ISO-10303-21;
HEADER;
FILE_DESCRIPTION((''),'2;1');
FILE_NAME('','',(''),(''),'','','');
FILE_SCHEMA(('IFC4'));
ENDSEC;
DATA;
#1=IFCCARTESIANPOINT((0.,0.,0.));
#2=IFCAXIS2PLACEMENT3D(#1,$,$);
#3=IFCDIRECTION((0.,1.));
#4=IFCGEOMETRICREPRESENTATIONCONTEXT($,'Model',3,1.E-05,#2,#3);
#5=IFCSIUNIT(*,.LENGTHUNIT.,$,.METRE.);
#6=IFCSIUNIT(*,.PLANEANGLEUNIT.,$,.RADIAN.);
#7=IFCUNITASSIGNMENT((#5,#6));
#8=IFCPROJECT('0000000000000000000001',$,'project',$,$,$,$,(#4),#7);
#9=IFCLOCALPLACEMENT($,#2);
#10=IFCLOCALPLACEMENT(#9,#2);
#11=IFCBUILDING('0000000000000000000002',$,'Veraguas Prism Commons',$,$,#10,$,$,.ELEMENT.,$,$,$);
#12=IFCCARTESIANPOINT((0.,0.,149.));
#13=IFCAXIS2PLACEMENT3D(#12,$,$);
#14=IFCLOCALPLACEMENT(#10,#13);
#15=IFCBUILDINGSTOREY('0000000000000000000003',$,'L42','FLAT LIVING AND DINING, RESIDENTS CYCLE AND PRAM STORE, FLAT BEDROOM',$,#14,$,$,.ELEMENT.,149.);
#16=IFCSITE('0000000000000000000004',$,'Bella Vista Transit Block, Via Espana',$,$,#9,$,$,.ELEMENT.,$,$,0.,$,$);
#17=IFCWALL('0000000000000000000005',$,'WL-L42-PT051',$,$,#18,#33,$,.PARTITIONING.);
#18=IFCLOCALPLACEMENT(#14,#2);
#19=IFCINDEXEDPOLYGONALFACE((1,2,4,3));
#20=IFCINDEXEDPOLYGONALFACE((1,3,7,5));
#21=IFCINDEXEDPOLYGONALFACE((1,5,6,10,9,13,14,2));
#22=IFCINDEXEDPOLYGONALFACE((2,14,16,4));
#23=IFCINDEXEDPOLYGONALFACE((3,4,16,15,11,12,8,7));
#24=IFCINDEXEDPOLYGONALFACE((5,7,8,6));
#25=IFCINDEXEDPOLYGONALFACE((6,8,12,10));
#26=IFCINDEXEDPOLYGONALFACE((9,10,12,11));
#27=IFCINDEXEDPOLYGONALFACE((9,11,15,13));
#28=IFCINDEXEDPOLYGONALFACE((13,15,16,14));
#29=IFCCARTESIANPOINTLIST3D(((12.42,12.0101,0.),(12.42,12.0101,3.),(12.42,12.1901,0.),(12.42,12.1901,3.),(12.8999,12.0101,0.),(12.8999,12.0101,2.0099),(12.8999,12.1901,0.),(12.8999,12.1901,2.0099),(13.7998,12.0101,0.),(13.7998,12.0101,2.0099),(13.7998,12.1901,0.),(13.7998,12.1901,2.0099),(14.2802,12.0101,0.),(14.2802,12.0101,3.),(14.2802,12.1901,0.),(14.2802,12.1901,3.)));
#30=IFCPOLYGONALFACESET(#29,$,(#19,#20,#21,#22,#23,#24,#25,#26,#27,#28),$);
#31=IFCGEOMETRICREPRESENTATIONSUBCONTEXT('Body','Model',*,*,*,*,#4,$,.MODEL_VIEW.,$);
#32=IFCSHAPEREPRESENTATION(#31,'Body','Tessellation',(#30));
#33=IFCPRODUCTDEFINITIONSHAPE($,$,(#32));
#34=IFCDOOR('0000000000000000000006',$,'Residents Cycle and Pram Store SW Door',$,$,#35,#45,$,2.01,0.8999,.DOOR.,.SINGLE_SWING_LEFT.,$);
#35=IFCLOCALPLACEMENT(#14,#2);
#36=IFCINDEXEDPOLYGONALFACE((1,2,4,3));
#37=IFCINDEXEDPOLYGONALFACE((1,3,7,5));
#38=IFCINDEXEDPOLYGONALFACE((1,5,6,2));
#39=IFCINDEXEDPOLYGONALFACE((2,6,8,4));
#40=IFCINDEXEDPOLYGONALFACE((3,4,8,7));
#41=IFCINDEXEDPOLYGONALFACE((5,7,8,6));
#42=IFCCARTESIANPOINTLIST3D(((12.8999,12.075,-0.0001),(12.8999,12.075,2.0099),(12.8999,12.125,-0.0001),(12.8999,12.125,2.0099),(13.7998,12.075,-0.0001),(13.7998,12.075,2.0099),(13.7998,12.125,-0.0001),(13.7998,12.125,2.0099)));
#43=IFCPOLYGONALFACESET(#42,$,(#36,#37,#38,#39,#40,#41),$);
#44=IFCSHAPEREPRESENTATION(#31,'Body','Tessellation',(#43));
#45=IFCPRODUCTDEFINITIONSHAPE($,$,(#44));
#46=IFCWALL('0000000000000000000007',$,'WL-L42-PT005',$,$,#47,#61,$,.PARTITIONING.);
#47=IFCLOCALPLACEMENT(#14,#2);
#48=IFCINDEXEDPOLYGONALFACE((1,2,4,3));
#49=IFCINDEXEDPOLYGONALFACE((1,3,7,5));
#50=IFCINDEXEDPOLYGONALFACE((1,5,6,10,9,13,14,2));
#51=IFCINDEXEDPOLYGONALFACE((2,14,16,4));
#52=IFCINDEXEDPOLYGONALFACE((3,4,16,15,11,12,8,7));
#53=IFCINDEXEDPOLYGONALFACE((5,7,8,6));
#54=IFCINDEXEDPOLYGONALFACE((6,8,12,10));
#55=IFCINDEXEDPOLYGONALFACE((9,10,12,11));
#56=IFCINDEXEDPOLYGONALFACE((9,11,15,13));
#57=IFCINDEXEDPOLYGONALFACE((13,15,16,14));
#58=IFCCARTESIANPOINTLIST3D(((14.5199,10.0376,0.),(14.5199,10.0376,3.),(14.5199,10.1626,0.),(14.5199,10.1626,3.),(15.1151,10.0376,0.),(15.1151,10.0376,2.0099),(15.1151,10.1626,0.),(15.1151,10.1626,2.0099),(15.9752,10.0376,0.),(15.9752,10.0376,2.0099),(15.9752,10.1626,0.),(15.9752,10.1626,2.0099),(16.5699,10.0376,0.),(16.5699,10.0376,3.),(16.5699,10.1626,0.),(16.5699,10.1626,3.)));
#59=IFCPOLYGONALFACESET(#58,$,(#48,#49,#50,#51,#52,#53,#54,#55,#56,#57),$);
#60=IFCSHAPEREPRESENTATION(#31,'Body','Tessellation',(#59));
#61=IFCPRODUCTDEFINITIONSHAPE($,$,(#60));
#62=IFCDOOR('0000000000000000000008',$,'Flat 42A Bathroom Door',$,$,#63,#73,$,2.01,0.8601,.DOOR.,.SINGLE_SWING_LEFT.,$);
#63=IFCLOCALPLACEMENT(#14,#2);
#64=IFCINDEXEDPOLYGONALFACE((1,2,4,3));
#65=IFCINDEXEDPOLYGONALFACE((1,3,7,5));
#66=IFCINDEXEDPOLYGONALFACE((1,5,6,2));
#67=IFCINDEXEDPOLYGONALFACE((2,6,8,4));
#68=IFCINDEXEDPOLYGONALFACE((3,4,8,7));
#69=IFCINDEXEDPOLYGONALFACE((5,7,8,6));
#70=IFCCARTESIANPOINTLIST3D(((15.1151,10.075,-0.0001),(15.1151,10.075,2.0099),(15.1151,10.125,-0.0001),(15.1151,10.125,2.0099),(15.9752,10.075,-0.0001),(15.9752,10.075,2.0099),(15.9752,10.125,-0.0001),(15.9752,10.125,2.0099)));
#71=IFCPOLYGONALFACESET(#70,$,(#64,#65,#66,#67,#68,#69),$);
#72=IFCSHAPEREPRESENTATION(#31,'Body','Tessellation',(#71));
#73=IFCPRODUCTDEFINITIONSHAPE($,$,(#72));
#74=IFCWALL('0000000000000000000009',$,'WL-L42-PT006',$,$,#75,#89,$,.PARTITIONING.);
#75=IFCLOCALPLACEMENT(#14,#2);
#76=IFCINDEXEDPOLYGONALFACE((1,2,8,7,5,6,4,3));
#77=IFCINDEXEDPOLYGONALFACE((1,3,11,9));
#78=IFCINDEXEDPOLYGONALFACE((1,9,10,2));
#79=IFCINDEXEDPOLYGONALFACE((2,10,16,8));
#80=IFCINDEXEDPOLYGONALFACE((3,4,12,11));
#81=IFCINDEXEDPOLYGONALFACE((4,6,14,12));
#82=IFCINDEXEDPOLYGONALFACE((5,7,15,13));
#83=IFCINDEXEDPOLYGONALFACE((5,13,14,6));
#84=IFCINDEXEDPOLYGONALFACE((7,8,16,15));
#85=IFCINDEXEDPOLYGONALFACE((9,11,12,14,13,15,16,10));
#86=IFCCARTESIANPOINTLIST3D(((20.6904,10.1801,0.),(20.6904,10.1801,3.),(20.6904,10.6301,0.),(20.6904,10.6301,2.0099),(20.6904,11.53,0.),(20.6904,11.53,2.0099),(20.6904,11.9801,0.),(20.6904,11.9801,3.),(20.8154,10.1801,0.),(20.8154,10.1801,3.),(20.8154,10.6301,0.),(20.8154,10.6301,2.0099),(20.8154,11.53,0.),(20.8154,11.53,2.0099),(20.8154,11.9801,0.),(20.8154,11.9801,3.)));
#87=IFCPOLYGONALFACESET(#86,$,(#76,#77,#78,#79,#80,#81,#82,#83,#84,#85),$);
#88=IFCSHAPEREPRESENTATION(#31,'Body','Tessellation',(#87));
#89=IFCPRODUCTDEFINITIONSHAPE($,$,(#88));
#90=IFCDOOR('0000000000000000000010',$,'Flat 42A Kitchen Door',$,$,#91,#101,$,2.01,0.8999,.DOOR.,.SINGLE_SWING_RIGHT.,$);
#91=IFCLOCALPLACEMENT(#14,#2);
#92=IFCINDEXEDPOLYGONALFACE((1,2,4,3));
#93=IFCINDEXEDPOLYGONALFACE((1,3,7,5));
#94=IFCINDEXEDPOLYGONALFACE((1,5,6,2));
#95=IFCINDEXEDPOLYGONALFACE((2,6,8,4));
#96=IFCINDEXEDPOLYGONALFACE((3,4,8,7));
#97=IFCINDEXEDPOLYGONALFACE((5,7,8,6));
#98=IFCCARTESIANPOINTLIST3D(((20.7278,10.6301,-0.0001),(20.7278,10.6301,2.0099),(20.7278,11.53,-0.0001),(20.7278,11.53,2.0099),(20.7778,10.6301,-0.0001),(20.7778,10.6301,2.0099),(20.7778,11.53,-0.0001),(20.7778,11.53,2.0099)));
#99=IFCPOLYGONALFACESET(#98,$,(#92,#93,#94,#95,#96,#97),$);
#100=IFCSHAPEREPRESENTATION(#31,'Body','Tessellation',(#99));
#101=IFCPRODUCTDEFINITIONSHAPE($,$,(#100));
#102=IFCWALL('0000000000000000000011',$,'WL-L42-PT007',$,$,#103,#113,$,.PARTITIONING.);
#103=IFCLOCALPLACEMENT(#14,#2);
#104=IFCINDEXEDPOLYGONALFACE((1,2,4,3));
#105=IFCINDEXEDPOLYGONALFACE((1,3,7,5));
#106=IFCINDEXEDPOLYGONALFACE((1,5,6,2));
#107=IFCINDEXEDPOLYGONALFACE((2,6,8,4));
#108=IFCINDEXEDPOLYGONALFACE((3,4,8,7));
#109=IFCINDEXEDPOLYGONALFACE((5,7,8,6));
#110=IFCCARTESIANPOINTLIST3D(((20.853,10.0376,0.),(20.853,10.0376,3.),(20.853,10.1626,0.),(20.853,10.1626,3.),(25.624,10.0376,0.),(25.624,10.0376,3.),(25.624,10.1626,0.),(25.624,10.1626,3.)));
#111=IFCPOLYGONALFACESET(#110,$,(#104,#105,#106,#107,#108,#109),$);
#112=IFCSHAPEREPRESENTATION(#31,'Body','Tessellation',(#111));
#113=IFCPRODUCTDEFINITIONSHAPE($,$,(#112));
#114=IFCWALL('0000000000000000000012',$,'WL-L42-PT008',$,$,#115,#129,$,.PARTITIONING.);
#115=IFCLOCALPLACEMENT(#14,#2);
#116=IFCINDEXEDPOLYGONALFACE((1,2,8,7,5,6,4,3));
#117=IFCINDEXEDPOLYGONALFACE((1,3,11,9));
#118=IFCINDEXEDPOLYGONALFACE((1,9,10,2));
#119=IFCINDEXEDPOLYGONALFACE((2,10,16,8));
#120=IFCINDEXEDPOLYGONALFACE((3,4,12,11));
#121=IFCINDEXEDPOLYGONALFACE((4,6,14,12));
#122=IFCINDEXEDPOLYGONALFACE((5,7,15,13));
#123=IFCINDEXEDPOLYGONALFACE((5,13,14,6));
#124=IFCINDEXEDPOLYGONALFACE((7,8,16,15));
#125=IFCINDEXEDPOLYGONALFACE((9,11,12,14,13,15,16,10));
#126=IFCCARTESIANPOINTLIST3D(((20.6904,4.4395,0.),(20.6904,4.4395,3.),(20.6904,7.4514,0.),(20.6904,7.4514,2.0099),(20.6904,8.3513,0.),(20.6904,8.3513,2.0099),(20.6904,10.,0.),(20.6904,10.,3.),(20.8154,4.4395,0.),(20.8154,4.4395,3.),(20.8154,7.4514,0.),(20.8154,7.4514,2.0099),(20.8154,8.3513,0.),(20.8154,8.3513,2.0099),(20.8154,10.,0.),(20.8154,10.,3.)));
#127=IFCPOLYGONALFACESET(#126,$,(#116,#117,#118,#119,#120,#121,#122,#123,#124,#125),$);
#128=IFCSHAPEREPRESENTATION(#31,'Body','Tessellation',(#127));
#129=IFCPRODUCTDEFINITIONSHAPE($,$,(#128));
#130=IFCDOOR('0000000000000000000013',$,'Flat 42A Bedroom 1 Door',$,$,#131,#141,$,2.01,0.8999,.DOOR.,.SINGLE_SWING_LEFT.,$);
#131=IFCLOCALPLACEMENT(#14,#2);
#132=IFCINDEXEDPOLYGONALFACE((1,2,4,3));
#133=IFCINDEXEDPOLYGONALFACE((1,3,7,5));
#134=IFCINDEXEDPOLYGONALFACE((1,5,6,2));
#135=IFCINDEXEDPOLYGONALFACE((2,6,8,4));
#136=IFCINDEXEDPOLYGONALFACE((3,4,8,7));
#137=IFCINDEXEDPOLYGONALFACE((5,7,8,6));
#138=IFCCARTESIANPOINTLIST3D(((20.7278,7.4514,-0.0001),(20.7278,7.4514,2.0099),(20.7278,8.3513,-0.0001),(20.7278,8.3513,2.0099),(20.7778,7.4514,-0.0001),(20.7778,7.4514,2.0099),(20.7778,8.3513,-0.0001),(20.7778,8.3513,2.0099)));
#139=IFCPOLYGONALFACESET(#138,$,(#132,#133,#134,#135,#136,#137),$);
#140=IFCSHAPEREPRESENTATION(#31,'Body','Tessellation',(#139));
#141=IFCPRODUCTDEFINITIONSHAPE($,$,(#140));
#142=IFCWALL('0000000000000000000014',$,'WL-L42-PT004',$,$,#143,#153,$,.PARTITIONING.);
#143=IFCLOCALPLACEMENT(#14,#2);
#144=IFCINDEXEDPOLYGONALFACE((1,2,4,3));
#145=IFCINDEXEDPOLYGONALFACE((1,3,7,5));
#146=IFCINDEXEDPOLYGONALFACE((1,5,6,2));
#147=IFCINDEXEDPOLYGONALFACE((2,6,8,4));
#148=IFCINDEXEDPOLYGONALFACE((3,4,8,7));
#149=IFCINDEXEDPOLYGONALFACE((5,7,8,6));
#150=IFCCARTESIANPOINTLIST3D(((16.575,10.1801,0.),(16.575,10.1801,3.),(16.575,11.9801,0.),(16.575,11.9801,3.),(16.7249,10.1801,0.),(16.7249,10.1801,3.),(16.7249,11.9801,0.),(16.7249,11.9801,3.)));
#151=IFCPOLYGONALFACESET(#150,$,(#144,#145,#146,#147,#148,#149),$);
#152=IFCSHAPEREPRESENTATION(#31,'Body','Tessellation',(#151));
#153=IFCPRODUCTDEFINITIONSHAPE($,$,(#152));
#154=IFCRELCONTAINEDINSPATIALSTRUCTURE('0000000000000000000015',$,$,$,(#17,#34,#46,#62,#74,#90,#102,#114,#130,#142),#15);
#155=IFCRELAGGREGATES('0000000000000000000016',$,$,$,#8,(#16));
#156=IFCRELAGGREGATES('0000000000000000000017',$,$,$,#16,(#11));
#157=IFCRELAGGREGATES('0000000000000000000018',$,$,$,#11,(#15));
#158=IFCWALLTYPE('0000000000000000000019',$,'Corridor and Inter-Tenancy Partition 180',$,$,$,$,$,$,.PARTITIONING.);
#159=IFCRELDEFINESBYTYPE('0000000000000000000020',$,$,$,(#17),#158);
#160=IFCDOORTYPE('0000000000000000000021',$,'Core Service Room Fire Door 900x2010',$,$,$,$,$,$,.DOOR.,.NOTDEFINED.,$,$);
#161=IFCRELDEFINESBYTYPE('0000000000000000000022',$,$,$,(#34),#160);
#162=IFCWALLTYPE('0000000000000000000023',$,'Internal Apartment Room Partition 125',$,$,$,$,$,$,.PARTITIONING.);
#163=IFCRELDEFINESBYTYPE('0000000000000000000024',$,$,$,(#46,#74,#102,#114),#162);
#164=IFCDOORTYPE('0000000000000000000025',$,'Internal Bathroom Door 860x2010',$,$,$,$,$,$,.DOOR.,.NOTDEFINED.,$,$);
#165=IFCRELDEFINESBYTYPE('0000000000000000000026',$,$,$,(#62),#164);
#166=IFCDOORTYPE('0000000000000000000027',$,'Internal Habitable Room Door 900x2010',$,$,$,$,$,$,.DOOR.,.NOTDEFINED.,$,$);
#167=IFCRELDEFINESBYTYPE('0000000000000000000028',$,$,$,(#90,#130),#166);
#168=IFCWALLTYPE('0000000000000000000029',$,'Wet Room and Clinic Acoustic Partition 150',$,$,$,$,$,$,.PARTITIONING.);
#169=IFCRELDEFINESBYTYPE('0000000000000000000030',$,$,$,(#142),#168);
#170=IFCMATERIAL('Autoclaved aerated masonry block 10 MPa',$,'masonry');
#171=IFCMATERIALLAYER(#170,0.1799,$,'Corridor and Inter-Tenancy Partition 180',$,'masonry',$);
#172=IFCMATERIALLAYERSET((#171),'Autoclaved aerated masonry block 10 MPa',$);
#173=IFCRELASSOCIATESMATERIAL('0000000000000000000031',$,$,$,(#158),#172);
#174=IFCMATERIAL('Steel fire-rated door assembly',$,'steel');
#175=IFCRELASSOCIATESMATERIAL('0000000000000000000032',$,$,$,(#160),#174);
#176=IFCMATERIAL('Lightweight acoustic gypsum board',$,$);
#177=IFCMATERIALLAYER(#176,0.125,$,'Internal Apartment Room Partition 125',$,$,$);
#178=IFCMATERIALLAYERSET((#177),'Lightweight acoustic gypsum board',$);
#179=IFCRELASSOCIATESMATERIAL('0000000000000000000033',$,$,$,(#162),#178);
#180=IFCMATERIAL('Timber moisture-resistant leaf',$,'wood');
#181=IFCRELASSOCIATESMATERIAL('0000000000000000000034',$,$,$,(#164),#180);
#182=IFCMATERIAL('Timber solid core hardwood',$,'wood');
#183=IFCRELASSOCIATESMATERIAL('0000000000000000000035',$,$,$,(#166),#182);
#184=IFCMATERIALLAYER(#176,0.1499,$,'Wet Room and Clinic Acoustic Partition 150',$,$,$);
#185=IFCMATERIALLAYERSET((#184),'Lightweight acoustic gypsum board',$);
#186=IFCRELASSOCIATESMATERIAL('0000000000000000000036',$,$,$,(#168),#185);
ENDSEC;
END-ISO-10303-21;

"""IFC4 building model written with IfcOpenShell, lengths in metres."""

from ifc_helpers import new_model, si_unit, direction, frame, frame_2d, origin, place, context, subcontext, project, spatial, rectangle, extrude, source, transform, mapped, material, layer, layer_set, type_object, element, fill, save


model = new_model("IFC4")

# Units and contexts
model_context = context("Model", 3, precision=1e-05, world=origin(), true_north=direction((0.0, 1.0)))
body_context = subcontext(model_context, "Body", "Model", "MODEL_VIEW")
ifc_project = project(units=[si_unit("LENGTHUNIT", "METRE"), si_unit("PLANEANGLEUNIT", "RADIAN")], contexts=[model_context])

# Site, building, storey
site_placement = place(None, origin())
site = spatial("IfcSite", under=ifc_project, at=site_placement, Name="Bella Vista Transit Block, Via Espana", CompositionType="ELEMENT", RefElevation=0.0)
building_placement = place(site_placement, origin())
building = spatial("IfcBuilding", under=site, at=building_placement, Name="Veraguas Prism Commons", CompositionType="ELEMENT")
storey_placement = place(building_placement, frame((0.0, 0.0, 149.0)))
storey = spatial("IfcBuildingStorey", under=building, at=storey_placement, Name="L42", Description="FLAT LIVING AND DINING, RESIDENTS CYCLE AND PRAM STORE, FLAT BEDROOM", CompositionType="ELEMENT", Elevation=149.0)

# Shared definitions
ifc_material_1 = material(Name="Autoclaved aerated masonry block 10 MPa", Category="masonry")
ifc_layer_1 = layer(ifc_material_1, 0.1799, Name="Corridor and Inter-Tenancy Partition 180", Category="masonry")
ifc_layer_set_1 = layer_set([ifc_layer_1], Name="Autoclaved aerated masonry block 10 MPa")
wall_type_1 = type_object("IfcWallType", Name="Corridor and Inter-Tenancy Partition 180", PredefinedType="PARTITIONING", material=ifc_layer_set_1)

# Walls, openings, doors
wall_1_placement = place(storey_placement, frame((12.4199, 12.1001, 0.0), z_axis=(0.0, 0.0, 1.0), x_axis=(1.0, 0.0, 0.0)))
wall_1 = element("IfcWall", 1, at=wall_1_placement, inside=storey, type_object=wall_type_1, Name="WL-L42-PT051", PredefinedType="PARTITIONING", context=body_context, shape_type="SweptSolid", body=[
    extrude(rectangle(XDim=1.8601, YDim=0.1799, at=frame_2d((0.9302, 0.0))), origin(), (0.0, 0.0, 1.0), 3.0),
])
opening_1_placement = place(wall_1_placement, frame((0.48, 0.0, 0.0)))
opening_1 = element("IfcOpeningElement", 2, at=opening_1_placement, cuts=wall_1, PredefinedType="OPENING", context=body_context, shape_type="SweptSolid", body=[
    extrude(rectangle(XDim=0.8999, YDim=2.01, at=frame_2d((0.45, 1.0049))), frame((0.0, 0.0999, 0.0), z_axis=(0.0, -1.0, 0.0), x_axis=(1.0, 0.0, 0.0)), (0.0, 0.0, 1.0), 0.2),
])
ifc_material_2 = material(Name="Steel fire-rated door assembly", Category="steel")
door_type_1 = type_object("IfcDoorType", Name="Core Service Room Fire Door 900x2010", OperationType="NOTDEFINED", PredefinedType="DOOR", material=ifc_material_2)
shared_shape_1 = source(origin(), body_context, "Body", "SweptSolid", [
    extrude(rectangle(XDim=0.8999, YDim=2.01, at=frame_2d((0.45, 1.0049))), frame((0.0, 0.0249, 0.0), z_axis=(0.0, -1.0, 0.0), x_axis=(1.0, 0.0, 0.0)), (0.0, 0.0, 1.0), 0.05),
])
door_1_placement = place(opening_1_placement, origin())
door_1 = element("IfcDoor", 3, at=door_1_placement, inside=storey, type_object=door_type_1, Name="Residents Cycle and Pram Store SW Door", OperationType="SINGLE_SWING_LEFT", OverallHeight=2.01, OverallWidth=0.8999, PredefinedType="DOOR", context=body_context, shape_type="MappedRepresentation", body=[
    mapped(shared_shape_1, transform((0.0, 0.0, 0.0), scale=1.0)),
])
fill(opening_1, door_1)
ifc_material_3 = material(Name="Lightweight acoustic gypsum board")
ifc_layer_2 = layer(ifc_material_3, 0.125, Name="Internal Apartment Room Partition 125")
ifc_layer_set_2 = layer_set([ifc_layer_2], Name="Lightweight acoustic gypsum board")
wall_type_2 = type_object("IfcWallType", Name="Internal Apartment Room Partition 125", PredefinedType="PARTITIONING", material=ifc_layer_set_2)
wall_2_placement = place(storey_placement, frame((14.52, 10.1001, 0.0), z_axis=(0.0, 0.0, 1.0), x_axis=(1.0, 0.0, 0.0)))
wall_2 = element("IfcWall", 4, at=wall_2_placement, inside=storey, type_object=wall_type_2, Name="WL-L42-PT005", PredefinedType="PARTITIONING", context=body_context, shape_type="SweptSolid", body=[
    extrude(rectangle(XDim=2.05, YDim=0.125, at=frame_2d((1.0249, 0.0))), origin(), (0.0, 0.0, 1.0), 3.0),
])
opening_2_placement = place(wall_2_placement, frame((0.595, 0.0, 0.0)))
opening_2 = element("IfcOpeningElement", 5, at=opening_2_placement, cuts=wall_2, PredefinedType="OPENING", context=body_context, shape_type="SweptSolid", body=[
    extrude(rectangle(XDim=0.8601, YDim=2.01, at=frame_2d((0.4302, 1.0049))), frame((0.0, 0.0725, 0.0), z_axis=(0.0, -1.0, 0.0), x_axis=(1.0, 0.0, 0.0)), (0.0, 0.0, 1.0), 0.145),
])
ifc_material_4 = material(Name="Timber moisture-resistant leaf", Category="wood")
door_type_2 = type_object("IfcDoorType", Name="Internal Bathroom Door 860x2010", OperationType="NOTDEFINED", PredefinedType="DOOR", material=ifc_material_4)
shared_shape_2 = source(origin(), body_context, "Body", "SweptSolid", [
    extrude(rectangle(XDim=0.8601, YDim=2.01, at=frame_2d((0.4302, 1.0049))), frame((0.0, 0.0249, 0.0), z_axis=(0.0, -1.0, 0.0), x_axis=(1.0, 0.0, 0.0)), (0.0, 0.0, 1.0), 0.05),
])
door_2_placement = place(opening_2_placement, origin())
door_2 = element("IfcDoor", 6, at=door_2_placement, inside=storey, type_object=door_type_2, Name="Flat 42A Bathroom Door", OperationType="SINGLE_SWING_LEFT", OverallHeight=2.01, OverallWidth=0.8601, PredefinedType="DOOR", context=body_context, shape_type="MappedRepresentation", body=[
    mapped(shared_shape_2, transform((0.0, 0.0, 0.0), scale=1.0)),
])
fill(opening_2, door_2)
wall_3_placement = place(storey_placement, frame((20.7529, 11.98, 0.0), z_axis=(0.0, 0.0, 1.0), x_axis=(0.0, -1.0, 0.0)))
wall_3 = element("IfcWall", 7, at=wall_3_placement, inside=storey, type_object=wall_type_2, Name="WL-L42-PT006", PredefinedType="PARTITIONING", context=body_context, shape_type="SweptSolid", body=[
    extrude(rectangle(XDim=1.8, YDim=0.125, at=frame_2d((0.8999, 0.0))), origin(), (0.0, 0.0, 1.0), 3.0),
])
opening_3_placement = place(wall_3_placement, frame((0.45, 0.0, 0.0)))
opening_3 = element("IfcOpeningElement", 8, at=opening_3_placement, cuts=wall_3, PredefinedType="OPENING", context=body_context, shape_type="SweptSolid", body=[
    extrude(rectangle(XDim=0.8999, YDim=2.01, at=frame_2d((0.45, 1.0049))), frame((0.0, 0.0725, 0.0), z_axis=(0.0, -1.0, 0.0), x_axis=(1.0, 0.0, 0.0)), (0.0, 0.0, 1.0), 0.145),
])
ifc_material_5 = material(Name="Timber solid core hardwood", Category="wood")
door_type_3 = type_object("IfcDoorType", Name="Internal Habitable Room Door 900x2010", OperationType="NOTDEFINED", PredefinedType="DOOR", material=ifc_material_5)
door_3_placement = place(opening_3_placement, origin())
door_3 = element("IfcDoor", 9, at=door_3_placement, inside=storey, type_object=door_type_3, Name="Flat 42A Kitchen Door", OperationType="SINGLE_SWING_RIGHT", OverallHeight=2.01, OverallWidth=0.8999, PredefinedType="DOOR", context=body_context, shape_type="MappedRepresentation", body=[
    mapped(shared_shape_1, transform((0.0, 0.0, 0.0), scale=1.0)),
])
fill(opening_3, door_3)

# Wall
wall_4_placement = place(storey_placement, frame((20.853, 10.1001, 0.0), z_axis=(0.0, 0.0, 1.0), x_axis=(1.0, 0.0, 0.0)))
element("IfcWall", 10, at=wall_4_placement, inside=storey, type_object=wall_type_2, Name="WL-L42-PT007", PredefinedType="PARTITIONING", context=body_context, shape_type="SweptSolid", body=[
    extrude(rectangle(XDim=4.771, YDim=0.125, at=frame_2d((2.3855, 0.0))), origin(), (0.0, 0.0, 1.0), 3.0),
])

# Wall, opening, door
wall_5_placement = place(storey_placement, frame((20.7529, 10.0, 0.0), z_axis=(0.0, 0.0, 1.0), x_axis=(0.0, -1.0, 0.0)))
wall_5 = element("IfcWall", 11, at=wall_5_placement, inside=storey, type_object=wall_type_2, Name="WL-L42-PT008", PredefinedType="PARTITIONING", context=body_context, shape_type="SweptSolid", body=[
    extrude(rectangle(XDim=5.5605, YDim=0.125, at=frame_2d((2.7803, 0.0))), origin(), (0.0, 0.0, 1.0), 3.0),
])
opening_4_placement = place(wall_5_placement, frame((1.6487, 0.0, 0.0)))
opening_4 = element("IfcOpeningElement", 12, at=opening_4_placement, cuts=wall_5, PredefinedType="OPENING", context=body_context, shape_type="SweptSolid", body=[
    extrude(rectangle(XDim=0.8999, YDim=2.01, at=frame_2d((0.45, 1.0049))), frame((0.0, 0.0725, 0.0), z_axis=(0.0, -1.0, 0.0), x_axis=(1.0, 0.0, 0.0)), (0.0, 0.0, 1.0), 0.145),
])
door_4_placement = place(opening_4_placement, origin())
door_4 = element("IfcDoor", 13, at=door_4_placement, inside=storey, type_object=door_type_3, Name="Flat 42A Bedroom 1 Door", OperationType="SINGLE_SWING_LEFT", OverallHeight=2.01, OverallWidth=0.8999, PredefinedType="DOOR", context=body_context, shape_type="MappedRepresentation", body=[
    mapped(shared_shape_1, transform((0.0, 0.0, 0.0), scale=1.0)),
])
fill(opening_4, door_4)

# Wall
ifc_layer_3 = layer(ifc_material_3, 0.1499, Name="Wet Room and Clinic Acoustic Partition 150")
ifc_layer_set_3 = layer_set([ifc_layer_3], Name="Lightweight acoustic gypsum board")
wall_type_3 = type_object("IfcWallType", Name="Wet Room and Clinic Acoustic Partition 150", PredefinedType="PARTITIONING", material=ifc_layer_set_3)
wall_6_placement = place(storey_placement, frame((16.6499, 11.98, 0.0), z_axis=(0.0, 0.0, 1.0), x_axis=(0.0, -1.0, 0.0)))
element("IfcWall", 14, at=wall_6_placement, inside=storey, type_object=wall_type_3, Name="WL-L42-PT004", PredefinedType="PARTITIONING", context=body_context, shape_type="SweptSolid", body=[
    extrude(rectangle(XDim=1.8, YDim=0.1499, at=frame_2d((0.8999, 0.0))), origin(), (0.0, 0.0, 1.0), 3.0),
])

save(model, "model.ifc")
